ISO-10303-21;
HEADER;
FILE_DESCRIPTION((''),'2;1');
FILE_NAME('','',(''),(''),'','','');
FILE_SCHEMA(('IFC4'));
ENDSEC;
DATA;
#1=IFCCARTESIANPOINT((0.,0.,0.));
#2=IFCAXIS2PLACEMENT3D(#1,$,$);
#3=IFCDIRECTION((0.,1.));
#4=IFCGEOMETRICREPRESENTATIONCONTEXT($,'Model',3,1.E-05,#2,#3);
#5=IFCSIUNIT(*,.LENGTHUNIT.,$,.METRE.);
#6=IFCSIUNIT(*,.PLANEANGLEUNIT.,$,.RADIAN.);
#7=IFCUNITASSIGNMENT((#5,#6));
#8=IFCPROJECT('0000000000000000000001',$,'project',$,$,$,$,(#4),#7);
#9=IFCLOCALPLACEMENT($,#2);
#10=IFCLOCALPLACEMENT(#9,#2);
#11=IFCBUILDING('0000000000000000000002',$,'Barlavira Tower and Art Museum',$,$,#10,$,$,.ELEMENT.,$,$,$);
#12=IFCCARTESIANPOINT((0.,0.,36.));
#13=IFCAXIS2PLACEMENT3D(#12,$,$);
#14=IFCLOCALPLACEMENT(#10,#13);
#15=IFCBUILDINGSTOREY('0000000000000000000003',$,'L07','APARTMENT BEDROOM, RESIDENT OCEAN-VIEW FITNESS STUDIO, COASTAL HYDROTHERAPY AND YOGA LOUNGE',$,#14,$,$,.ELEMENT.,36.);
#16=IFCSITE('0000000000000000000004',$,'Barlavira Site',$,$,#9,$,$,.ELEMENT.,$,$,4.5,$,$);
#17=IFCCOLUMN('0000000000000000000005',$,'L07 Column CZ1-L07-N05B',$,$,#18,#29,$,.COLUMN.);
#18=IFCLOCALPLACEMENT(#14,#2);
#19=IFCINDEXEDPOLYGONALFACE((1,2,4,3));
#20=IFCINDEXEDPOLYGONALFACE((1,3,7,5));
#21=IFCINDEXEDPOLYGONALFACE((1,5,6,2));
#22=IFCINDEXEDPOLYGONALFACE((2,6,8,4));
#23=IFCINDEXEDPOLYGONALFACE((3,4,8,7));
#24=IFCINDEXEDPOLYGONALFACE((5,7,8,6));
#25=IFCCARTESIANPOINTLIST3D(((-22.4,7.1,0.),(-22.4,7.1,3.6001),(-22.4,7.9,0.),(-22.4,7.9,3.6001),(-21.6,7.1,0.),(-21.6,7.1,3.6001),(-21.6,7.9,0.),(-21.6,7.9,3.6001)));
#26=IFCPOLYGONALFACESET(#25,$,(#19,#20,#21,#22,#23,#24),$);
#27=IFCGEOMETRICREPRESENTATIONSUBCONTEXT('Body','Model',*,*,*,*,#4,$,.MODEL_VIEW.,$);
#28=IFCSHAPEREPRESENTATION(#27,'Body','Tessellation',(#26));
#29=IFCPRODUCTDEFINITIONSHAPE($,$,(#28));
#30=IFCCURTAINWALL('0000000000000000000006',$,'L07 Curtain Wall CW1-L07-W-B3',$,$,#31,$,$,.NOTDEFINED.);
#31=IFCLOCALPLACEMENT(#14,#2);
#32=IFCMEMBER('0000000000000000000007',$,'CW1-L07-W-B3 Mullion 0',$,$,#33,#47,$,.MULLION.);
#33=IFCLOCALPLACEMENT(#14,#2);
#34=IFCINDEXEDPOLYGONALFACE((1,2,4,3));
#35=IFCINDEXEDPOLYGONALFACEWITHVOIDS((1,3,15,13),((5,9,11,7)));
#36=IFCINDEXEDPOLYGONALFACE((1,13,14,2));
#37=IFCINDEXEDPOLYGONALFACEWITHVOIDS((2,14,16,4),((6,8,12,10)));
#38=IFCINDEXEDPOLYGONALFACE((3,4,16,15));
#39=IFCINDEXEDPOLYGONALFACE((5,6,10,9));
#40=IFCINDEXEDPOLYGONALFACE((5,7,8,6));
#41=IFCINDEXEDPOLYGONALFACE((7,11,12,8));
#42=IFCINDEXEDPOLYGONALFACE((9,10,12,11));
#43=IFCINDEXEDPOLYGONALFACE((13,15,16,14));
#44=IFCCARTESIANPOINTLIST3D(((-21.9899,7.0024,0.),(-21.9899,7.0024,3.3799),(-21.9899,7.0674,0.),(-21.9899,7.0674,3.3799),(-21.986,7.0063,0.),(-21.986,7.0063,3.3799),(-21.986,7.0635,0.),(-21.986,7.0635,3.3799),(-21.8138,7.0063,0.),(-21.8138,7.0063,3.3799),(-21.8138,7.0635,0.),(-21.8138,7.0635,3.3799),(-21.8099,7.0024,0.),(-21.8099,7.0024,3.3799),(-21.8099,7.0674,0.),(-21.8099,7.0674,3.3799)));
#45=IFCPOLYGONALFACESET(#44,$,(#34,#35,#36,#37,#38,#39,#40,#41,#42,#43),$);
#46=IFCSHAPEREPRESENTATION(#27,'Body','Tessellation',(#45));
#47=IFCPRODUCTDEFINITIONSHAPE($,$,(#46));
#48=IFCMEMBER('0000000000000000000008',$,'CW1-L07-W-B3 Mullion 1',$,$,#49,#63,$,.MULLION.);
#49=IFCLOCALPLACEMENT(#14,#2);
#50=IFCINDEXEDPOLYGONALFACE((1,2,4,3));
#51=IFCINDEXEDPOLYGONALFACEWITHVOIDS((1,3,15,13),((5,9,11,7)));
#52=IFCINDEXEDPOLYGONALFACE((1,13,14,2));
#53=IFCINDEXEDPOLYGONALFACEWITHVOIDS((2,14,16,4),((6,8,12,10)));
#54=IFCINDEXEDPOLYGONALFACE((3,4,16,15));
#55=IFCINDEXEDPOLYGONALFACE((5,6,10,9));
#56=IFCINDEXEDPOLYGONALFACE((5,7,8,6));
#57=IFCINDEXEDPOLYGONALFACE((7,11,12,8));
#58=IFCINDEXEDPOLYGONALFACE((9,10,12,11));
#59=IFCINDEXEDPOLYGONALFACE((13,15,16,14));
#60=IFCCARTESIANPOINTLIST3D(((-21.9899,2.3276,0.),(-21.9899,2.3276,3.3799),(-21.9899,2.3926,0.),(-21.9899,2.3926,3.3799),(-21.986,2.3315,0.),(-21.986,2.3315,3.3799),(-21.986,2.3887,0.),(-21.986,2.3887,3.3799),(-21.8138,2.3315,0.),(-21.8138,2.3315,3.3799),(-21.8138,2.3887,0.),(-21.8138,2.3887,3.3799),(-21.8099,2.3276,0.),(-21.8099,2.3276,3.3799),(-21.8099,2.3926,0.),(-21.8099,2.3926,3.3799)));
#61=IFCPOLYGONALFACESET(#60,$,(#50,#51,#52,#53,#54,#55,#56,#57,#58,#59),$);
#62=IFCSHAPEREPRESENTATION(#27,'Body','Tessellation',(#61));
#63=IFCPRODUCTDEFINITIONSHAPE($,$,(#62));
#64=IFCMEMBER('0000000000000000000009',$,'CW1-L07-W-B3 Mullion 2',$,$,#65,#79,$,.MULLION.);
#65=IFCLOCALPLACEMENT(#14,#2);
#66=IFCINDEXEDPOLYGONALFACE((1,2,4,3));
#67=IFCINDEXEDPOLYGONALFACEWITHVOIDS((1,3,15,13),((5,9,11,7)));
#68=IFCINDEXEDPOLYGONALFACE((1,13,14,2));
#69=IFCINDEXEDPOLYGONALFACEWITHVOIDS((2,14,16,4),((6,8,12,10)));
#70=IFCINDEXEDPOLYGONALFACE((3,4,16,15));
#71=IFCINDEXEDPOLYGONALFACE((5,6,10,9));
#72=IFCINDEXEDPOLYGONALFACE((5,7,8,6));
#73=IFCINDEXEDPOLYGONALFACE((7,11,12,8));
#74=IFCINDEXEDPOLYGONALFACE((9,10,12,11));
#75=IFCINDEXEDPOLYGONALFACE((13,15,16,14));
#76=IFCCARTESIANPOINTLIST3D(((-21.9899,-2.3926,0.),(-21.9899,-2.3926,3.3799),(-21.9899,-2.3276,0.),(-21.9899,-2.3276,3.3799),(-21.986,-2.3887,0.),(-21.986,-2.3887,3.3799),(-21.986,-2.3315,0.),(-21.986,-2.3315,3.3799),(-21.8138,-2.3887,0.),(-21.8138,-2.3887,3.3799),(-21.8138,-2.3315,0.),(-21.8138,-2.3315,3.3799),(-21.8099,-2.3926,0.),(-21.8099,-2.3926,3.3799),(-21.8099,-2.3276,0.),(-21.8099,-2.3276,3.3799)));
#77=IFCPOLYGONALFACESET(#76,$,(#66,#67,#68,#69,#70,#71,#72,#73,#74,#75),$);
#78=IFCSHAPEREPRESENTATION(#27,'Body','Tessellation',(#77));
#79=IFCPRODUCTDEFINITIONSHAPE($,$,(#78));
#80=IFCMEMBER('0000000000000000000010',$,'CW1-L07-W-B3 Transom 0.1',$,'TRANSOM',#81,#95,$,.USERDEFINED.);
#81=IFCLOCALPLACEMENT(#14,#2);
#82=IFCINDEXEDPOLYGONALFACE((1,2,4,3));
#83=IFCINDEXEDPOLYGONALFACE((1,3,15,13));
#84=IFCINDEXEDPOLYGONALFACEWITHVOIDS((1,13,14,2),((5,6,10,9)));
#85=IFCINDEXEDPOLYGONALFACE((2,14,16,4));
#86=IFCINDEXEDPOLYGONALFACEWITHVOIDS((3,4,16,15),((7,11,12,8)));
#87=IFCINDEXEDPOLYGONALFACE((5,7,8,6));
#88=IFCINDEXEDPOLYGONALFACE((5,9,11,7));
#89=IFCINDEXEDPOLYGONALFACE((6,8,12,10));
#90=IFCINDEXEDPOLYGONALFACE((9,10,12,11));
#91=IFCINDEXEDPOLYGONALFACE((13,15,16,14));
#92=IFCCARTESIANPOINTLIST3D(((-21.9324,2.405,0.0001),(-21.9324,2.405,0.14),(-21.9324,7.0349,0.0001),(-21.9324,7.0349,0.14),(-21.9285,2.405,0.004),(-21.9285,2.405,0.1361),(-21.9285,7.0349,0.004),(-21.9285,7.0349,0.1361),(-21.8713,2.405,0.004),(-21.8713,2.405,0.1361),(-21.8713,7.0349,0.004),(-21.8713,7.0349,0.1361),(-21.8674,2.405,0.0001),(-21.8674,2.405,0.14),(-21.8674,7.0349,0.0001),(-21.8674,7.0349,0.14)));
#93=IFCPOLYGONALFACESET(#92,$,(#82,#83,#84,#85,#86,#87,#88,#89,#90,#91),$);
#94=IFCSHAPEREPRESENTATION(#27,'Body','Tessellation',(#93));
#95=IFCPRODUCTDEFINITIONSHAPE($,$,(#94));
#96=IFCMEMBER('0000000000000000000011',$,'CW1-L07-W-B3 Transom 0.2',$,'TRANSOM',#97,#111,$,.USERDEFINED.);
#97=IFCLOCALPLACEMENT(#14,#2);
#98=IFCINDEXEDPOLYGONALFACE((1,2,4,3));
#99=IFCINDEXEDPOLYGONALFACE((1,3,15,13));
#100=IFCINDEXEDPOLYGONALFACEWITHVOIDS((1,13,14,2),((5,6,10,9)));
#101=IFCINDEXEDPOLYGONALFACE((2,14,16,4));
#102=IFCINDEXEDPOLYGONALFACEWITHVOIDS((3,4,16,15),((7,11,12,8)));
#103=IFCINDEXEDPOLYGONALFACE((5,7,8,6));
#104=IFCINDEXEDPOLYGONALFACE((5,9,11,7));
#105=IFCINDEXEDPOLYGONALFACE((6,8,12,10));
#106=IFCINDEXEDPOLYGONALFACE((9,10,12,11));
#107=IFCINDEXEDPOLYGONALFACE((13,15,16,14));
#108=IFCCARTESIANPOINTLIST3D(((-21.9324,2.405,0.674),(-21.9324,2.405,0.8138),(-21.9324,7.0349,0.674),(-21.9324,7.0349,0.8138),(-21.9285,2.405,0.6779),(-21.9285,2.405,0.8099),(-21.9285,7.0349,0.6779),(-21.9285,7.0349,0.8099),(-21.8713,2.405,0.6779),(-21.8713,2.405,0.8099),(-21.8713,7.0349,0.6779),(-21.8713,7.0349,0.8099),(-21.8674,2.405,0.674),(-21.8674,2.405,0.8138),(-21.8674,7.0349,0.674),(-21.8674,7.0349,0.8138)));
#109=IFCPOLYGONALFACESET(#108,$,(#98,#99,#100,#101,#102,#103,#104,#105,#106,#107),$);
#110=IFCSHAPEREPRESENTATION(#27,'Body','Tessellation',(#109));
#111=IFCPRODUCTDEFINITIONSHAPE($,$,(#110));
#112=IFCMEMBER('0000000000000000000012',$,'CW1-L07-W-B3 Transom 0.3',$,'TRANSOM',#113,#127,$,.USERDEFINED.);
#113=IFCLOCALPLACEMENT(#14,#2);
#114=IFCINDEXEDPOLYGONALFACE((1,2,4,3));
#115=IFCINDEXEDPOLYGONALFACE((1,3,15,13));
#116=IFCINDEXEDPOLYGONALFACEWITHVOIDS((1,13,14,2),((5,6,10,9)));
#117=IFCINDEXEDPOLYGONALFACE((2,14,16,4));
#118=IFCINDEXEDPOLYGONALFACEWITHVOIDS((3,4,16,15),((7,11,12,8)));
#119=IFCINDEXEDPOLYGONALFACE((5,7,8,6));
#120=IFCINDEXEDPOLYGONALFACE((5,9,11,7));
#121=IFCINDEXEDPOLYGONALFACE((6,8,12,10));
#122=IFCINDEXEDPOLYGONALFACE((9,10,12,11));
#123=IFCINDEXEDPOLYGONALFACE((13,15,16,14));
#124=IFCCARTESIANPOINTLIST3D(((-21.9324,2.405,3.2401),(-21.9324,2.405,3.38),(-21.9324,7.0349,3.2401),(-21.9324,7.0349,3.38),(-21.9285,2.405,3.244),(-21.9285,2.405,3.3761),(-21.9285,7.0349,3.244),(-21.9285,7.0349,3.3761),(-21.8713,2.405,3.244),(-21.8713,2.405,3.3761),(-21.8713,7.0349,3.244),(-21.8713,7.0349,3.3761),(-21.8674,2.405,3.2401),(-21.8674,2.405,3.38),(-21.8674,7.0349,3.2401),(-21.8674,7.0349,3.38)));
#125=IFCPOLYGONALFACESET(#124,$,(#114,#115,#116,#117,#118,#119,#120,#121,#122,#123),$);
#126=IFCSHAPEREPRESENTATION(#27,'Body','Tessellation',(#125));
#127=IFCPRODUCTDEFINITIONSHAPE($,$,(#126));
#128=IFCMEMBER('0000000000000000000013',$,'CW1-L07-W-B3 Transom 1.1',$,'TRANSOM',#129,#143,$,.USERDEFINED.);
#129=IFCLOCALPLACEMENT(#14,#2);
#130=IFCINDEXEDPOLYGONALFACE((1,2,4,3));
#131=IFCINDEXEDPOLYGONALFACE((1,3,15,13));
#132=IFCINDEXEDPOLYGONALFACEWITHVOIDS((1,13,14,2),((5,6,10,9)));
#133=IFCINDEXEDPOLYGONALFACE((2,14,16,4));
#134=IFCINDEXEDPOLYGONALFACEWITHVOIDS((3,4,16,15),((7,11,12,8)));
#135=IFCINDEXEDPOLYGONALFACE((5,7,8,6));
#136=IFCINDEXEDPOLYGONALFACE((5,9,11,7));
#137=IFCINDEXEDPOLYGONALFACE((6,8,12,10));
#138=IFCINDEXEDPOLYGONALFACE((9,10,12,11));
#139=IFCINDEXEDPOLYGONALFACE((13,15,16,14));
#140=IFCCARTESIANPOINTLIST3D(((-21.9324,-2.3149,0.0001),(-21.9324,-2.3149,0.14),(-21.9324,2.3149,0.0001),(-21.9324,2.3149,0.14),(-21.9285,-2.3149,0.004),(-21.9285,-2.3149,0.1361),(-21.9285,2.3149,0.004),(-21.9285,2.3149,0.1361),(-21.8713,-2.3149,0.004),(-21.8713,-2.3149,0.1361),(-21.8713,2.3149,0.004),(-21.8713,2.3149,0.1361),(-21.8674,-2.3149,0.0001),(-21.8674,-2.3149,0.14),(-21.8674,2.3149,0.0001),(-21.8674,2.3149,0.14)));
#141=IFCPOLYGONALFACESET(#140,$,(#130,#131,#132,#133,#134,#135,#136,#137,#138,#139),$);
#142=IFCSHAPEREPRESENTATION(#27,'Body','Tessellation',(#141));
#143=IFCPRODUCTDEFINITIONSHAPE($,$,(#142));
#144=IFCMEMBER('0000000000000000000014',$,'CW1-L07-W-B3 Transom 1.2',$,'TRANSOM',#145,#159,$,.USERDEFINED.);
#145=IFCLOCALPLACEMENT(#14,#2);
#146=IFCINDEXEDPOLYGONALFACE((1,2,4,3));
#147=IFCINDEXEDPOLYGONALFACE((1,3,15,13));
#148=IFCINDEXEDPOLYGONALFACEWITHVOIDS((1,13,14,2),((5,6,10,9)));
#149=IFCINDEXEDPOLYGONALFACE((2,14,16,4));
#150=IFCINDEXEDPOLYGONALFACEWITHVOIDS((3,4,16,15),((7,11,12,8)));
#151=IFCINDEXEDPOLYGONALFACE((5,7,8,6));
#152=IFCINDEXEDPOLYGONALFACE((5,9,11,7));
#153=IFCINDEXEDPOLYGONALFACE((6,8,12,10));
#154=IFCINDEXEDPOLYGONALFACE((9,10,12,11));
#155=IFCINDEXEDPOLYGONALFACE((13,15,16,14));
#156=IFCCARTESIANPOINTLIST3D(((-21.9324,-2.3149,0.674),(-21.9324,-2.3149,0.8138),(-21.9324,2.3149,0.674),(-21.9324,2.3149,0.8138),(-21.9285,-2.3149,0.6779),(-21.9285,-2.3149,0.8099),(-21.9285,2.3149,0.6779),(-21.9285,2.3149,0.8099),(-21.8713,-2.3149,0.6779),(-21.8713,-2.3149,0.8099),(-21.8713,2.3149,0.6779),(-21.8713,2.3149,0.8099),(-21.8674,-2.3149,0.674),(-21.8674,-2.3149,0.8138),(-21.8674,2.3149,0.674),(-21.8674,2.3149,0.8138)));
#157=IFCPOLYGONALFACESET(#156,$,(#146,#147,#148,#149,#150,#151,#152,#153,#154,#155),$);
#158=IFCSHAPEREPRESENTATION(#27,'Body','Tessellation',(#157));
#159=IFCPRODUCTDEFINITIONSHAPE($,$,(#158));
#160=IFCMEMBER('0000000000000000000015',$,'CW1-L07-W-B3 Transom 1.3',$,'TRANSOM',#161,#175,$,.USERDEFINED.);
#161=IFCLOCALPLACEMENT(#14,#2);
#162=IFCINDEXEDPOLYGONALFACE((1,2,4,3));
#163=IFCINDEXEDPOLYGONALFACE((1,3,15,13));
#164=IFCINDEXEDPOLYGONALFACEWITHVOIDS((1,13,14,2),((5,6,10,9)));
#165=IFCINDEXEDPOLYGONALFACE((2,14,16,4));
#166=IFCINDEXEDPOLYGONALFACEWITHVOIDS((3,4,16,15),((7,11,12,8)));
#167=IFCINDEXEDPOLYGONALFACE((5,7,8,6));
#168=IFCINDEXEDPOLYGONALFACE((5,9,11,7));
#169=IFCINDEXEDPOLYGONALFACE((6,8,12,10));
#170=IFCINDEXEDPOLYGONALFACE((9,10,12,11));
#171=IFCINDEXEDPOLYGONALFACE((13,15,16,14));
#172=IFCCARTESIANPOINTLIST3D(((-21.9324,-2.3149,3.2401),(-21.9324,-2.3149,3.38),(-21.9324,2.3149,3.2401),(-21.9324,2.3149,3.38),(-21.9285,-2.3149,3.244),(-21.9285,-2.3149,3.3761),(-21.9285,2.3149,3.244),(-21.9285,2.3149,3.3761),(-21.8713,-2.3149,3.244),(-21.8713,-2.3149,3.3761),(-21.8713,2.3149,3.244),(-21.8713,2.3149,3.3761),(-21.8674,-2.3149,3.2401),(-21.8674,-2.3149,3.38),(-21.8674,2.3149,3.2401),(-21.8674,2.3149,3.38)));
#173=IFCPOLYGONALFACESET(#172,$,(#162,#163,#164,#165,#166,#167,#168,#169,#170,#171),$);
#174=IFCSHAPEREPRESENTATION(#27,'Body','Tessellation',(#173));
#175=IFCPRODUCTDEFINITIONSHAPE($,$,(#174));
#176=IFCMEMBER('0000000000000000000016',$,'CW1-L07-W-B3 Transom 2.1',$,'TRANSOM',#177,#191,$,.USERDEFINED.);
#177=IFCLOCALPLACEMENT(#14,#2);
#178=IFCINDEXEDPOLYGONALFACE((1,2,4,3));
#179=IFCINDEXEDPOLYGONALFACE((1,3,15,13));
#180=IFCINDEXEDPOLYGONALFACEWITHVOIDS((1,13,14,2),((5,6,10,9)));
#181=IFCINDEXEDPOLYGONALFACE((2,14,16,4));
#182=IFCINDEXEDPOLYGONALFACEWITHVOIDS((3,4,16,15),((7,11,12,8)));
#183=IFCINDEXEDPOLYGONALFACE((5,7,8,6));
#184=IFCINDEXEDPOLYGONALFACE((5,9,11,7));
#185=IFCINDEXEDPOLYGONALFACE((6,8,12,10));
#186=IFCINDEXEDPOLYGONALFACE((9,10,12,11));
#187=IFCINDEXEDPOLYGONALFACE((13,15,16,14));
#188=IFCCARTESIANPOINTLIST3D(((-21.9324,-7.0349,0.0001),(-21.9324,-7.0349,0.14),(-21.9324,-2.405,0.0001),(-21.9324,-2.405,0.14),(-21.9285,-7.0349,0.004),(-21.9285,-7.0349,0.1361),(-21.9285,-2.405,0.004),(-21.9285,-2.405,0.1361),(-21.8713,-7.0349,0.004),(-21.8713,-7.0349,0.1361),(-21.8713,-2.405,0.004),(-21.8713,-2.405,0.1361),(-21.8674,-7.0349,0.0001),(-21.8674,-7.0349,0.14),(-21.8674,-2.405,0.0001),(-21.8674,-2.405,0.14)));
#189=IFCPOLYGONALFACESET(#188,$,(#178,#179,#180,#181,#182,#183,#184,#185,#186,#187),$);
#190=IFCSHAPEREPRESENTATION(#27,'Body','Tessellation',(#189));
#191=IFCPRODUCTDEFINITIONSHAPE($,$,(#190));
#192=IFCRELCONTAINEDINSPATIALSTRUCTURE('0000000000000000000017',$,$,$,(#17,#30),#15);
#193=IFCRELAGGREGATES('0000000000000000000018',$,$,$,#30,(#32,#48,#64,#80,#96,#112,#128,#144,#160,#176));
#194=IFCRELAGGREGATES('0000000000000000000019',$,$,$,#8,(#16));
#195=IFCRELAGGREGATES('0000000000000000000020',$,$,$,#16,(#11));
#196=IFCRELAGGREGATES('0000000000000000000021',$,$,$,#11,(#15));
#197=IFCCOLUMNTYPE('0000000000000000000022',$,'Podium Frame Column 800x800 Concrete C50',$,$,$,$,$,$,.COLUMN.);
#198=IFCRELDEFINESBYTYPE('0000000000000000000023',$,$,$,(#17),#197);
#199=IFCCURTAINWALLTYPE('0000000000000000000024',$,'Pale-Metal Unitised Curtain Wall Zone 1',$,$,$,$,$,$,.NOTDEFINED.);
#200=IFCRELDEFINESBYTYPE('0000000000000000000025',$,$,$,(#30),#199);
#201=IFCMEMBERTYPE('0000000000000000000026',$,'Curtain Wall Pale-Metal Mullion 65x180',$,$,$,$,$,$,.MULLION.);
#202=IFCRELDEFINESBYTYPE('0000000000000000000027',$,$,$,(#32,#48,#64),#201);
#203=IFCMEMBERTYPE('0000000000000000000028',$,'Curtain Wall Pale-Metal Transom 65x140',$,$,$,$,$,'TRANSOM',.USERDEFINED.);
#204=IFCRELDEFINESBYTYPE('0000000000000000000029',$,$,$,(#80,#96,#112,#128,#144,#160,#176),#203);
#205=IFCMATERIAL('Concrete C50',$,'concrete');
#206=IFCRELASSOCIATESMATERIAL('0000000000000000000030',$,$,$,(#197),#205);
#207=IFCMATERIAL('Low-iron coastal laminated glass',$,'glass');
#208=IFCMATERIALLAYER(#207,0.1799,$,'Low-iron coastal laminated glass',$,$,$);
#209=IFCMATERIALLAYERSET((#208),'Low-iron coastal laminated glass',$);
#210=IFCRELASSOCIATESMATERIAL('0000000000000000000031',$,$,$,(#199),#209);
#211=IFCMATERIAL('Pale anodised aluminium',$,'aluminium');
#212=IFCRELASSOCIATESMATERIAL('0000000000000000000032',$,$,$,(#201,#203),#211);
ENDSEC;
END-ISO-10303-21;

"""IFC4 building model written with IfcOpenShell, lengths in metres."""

from ifc_helpers import new_model, si_unit, direction, frame, origin, origin_2d, place, context, subcontext, project, spatial, rectangle, hollow_rectangle, extrude, material, layer, layer_set, material_profile, profile_set, type_object, element, aggregate, save


model = new_model("IFC4")

# Units and contexts
model_context = context("Model", 3, precision=1e-05, world=origin(), true_north=direction((0.0, 1.0)))
body_context = subcontext(model_context, "Body", "Model", "MODEL_VIEW")
ifc_project = project(units=[si_unit("LENGTHUNIT", "METRE"), si_unit("PLANEANGLEUNIT", "RADIAN")], contexts=[model_context])

# Site, building, storey
site_placement = place(None, origin())
site = spatial("IfcSite", under=ifc_project, at=site_placement, Name="Barlavira Site", CompositionType="ELEMENT", RefElevation=4.5)
building_placement = place(site_placement, origin())
building = spatial("IfcBuilding", under=site, at=building_placement, Name="Barlavira Tower and Art Museum", CompositionType="ELEMENT")
storey_placement = place(building_placement, frame((0.0, 0.0, 36.0)))
storey = spatial("IfcBuildingStorey", under=building, at=storey_placement, Name="L07", Description="APARTMENT BEDROOM, RESIDENT OCEAN-VIEW FITNESS STUDIO, COASTAL HYDROTHERAPY AND YOGA LOUNGE", CompositionType="ELEMENT", Elevation=36.0)

# Column
ifc_material_1 = material(Name="Concrete C50", Category="concrete")
ifc_material_profile_1 = material_profile(ifc_material_1, rectangle(XDim=0.8, YDim=0.8, at=origin_2d()), Name="RC-COL 800x800")
ifc_profile_set_1 = profile_set([ifc_material_profile_1], Name="Concrete C50")
column_type = type_object("IfcColumnType", Name="Podium Frame Column 800x800 Concrete C50", PredefinedType="COLUMN", material=ifc_profile_set_1)
column_placement = place(storey_placement, frame((-22.0, 7.5, 0.0), z_axis=(0.0, 0.0, 1.0), x_axis=(1.0, 0.0, 0.0)))
element("IfcColumn", 1, at=column_placement, inside=storey, type_object=column_type, Name="L07 Column CZ1-L07-N05B", PredefinedType="COLUMN", context=body_context, shape_type="SweptSolid", body=[
    extrude(rectangle(XDim=0.8, YDim=0.8, at=origin_2d()), origin(), (0.0, 0.0, 1.0), 3.6001),
])

# Curtain wall, members
ifc_material_2 = material(Name="Low-iron coastal laminated glass", Category="glass")
ifc_layer_1 = layer(ifc_material_2, 0.1799, Name="Low-iron coastal laminated glass")
ifc_layer_set_1 = layer_set([ifc_layer_1], Name="Low-iron coastal laminated glass")
curtain_wall_type = type_object("IfcCurtainWallType", Name="Pale-Metal Unitised Curtain Wall Zone 1", PredefinedType="NOTDEFINED", material=ifc_layer_set_1)
curtain_wall_placement = place(storey_placement, origin())
curtain_wall = element("IfcCurtainWall", 2, at=curtain_wall_placement, inside=storey, type_object=curtain_wall_type, Name="L07 Curtain Wall CW1-L07-W-B3", PredefinedType="NOTDEFINED")
ifc_material_3 = material(Name="Pale anodised aluminium", Category="aluminium")
ifc_material_profile_2 = material_profile(ifc_material_3, hollow_rectangle(XDim=0.0649, YDim=0.1799, WallThickness=0.0039, at=origin_2d()), Name="ALU-MULL 65x180x4")
ifc_profile_set_2 = profile_set([ifc_material_profile_2], Name="Pale anodised aluminium")
member_type_1 = type_object("IfcMemberType", Name="Curtain Wall Pale-Metal Mullion 65x180", PredefinedType="MULLION", material=ifc_profile_set_2)
member_1_placement = place(storey_placement, frame((-21.8999, 7.0349, 0.0), z_axis=(0.0, 0.0, 1.0), x_axis=(0.0, -1.0, 0.0)))
member_1 = element("IfcMember", 3, at=member_1_placement, type_object=member_type_1, Name="CW1-L07-W-B3 Mullion 0", PredefinedType="MULLION", context=body_context, shape_type="SweptSolid", body=[
    extrude(hollow_rectangle(XDim=0.0649, YDim=0.1799, WallThickness=0.0039, at=origin_2d()), origin(), (0.0, 0.0, 1.0), 3.3799),
])
member_2_placement = place(storey_placement, frame((-21.8999, 2.3601, 0.0), z_axis=(0.0, 0.0, 1.0), x_axis=(0.0, -1.0, 0.0)))
member_2 = element("IfcMember", 4, at=member_2_placement, type_object=member_type_1, Name="CW1-L07-W-B3 Mullion 1", PredefinedType="MULLION", context=body_context, shape_type="SweptSolid", body=[
    extrude(hollow_rectangle(XDim=0.0649, YDim=0.1799, WallThickness=0.0039, at=origin_2d()), origin(), (0.0, 0.0, 1.0), 3.3799),
])
member_3_placement = place(storey_placement, frame((-21.8999, -2.3601, 0.0), z_axis=(0.0, 0.0, 1.0), x_axis=(0.0, -1.0, 0.0)))
member_3 = element("IfcMember", 5, at=member_3_placement, type_object=member_type_1, Name="CW1-L07-W-B3 Mullion 2", PredefinedType="MULLION", context=body_context, shape_type="SweptSolid", body=[
    extrude(hollow_rectangle(XDim=0.0649, YDim=0.1799, WallThickness=0.0039, at=origin_2d()), origin(), (0.0, 0.0, 1.0), 3.3799),
])
ifc_material_profile_3 = material_profile(ifc_material_3, hollow_rectangle(XDim=0.0649, YDim=0.1399, WallThickness=0.0039, at=origin_2d()), Name="ALU-TRAN 65x140x4")
ifc_profile_set_3 = profile_set([ifc_material_profile_3], Name="Pale anodised aluminium")
member_type_2 = type_object("IfcMemberType", Name="Curtain Wall Pale-Metal Transom 65x140", ElementType="TRANSOM", PredefinedType="USERDEFINED", material=ifc_profile_set_3)
member_4_placement = place(storey_placement, frame((-21.8999, 7.0349, 0.0701), z_axis=(0.0, -1.0, 0.0), x_axis=(1.0, 0.0, 0.0)))
member_4 = element("IfcMember", 6, at=member_4_placement, type_object=member_type_2, Name="CW1-L07-W-B3 Transom 0.1", ObjectType="TRANSOM", PredefinedType="USERDEFINED", context=body_context, shape_type="SweptSolid", body=[
    extrude(hollow_rectangle(XDim=0.0649, YDim=0.1399, WallThickness=0.0039, at=origin_2d()), origin(), (0.0, 0.0, 1.0), 4.6299),
])
member_5_placement = place(storey_placement, frame((-21.8999, 7.0349, 0.7439), z_axis=(0.0, -1.0, 0.0), x_axis=(1.0, 0.0, 0.0)))
member_5 = element("IfcMember", 7, at=member_5_placement, type_object=member_type_2, Name="CW1-L07-W-B3 Transom 0.2", ObjectType="TRANSOM", PredefinedType="USERDEFINED", context=body_context, shape_type="SweptSolid", body=[
    extrude(hollow_rectangle(XDim=0.0649, YDim=0.1399, WallThickness=0.0039, at=origin_2d()), origin(), (0.0, 0.0, 1.0), 4.6299),
])
member_6_placement = place(storey_placement, frame((-21.8999, 7.0349, 3.3101), z_axis=(0.0, -1.0, 0.0), x_axis=(1.0, 0.0, 0.0)))
member_6 = element("IfcMember", 8, at=member_6_placement, type_object=member_type_2, Name="CW1-L07-W-B3 Transom 0.3", ObjectType="TRANSOM", PredefinedType="USERDEFINED", context=body_context, shape_type="SweptSolid", body=[
    extrude(hollow_rectangle(XDim=0.0649, YDim=0.1399, WallThickness=0.0039, at=origin_2d()), origin(), (0.0, 0.0, 1.0), 4.6299),
])
member_7_placement = place(storey_placement, frame((-21.8999, 2.3149, 0.0701), z_axis=(0.0, -1.0, 0.0), x_axis=(1.0, 0.0, 0.0)))
member_7 = element("IfcMember", 9, at=member_7_placement, type_object=member_type_2, Name="CW1-L07-W-B3 Transom 1.1", ObjectType="TRANSOM", PredefinedType="USERDEFINED", context=body_context, shape_type="SweptSolid", body=[
    extrude(hollow_rectangle(XDim=0.0649, YDim=0.1399, WallThickness=0.0039, at=origin_2d()), origin(), (0.0, 0.0, 1.0), 4.6299),
])
member_8_placement = place(storey_placement, frame((-21.8999, 2.3149, 0.7439), z_axis=(0.0, -1.0, 0.0), x_axis=(1.0, 0.0, 0.0)))
member_8 = element("IfcMember", 10, at=member_8_placement, type_object=member_type_2, Name="CW1-L07-W-B3 Transom 1.2", ObjectType="TRANSOM", PredefinedType="USERDEFINED", context=body_context, shape_type="SweptSolid", body=[
    extrude(hollow_rectangle(XDim=0.0649, YDim=0.1399, WallThickness=0.0039, at=origin_2d()), origin(), (0.0, 0.0, 1.0), 4.6299),
])
member_9_placement = place(storey_placement, frame((-21.8999, 2.3149, 3.3101), z_axis=(0.0, -1.0, 0.0), x_axis=(1.0, 0.0, 0.0)))
member_9 = element("IfcMember", 11, at=member_9_placement, type_object=member_type_2, Name="CW1-L07-W-B3 Transom 1.3", ObjectType="TRANSOM", PredefinedType="USERDEFINED", context=body_context, shape_type="SweptSolid", body=[
    extrude(hollow_rectangle(XDim=0.0649, YDim=0.1399, WallThickness=0.0039, at=origin_2d()), origin(), (0.0, 0.0, 1.0), 4.6299),
])
member_10_placement = place(storey_placement, frame((-21.8999, -2.405, 0.0701), z_axis=(0.0, -1.0, 0.0), x_axis=(1.0, 0.0, 0.0)))
member_10 = element("IfcMember", 12, at=member_10_placement, type_object=member_type_2, Name="CW1-L07-W-B3 Transom 2.1", ObjectType="TRANSOM", PredefinedType="USERDEFINED", context=body_context, shape_type="SweptSolid", body=[
    extrude(hollow_rectangle(XDim=0.0649, YDim=0.1399, WallThickness=0.0039, at=origin_2d()), origin(), (0.0, 0.0, 1.0), 4.6299),
])

aggregate(curtain_wall, [member_1, member_2, member_3, member_4, member_5, member_6, member_7, member_8, member_9, member_10])

save(model, "model.ifc")
